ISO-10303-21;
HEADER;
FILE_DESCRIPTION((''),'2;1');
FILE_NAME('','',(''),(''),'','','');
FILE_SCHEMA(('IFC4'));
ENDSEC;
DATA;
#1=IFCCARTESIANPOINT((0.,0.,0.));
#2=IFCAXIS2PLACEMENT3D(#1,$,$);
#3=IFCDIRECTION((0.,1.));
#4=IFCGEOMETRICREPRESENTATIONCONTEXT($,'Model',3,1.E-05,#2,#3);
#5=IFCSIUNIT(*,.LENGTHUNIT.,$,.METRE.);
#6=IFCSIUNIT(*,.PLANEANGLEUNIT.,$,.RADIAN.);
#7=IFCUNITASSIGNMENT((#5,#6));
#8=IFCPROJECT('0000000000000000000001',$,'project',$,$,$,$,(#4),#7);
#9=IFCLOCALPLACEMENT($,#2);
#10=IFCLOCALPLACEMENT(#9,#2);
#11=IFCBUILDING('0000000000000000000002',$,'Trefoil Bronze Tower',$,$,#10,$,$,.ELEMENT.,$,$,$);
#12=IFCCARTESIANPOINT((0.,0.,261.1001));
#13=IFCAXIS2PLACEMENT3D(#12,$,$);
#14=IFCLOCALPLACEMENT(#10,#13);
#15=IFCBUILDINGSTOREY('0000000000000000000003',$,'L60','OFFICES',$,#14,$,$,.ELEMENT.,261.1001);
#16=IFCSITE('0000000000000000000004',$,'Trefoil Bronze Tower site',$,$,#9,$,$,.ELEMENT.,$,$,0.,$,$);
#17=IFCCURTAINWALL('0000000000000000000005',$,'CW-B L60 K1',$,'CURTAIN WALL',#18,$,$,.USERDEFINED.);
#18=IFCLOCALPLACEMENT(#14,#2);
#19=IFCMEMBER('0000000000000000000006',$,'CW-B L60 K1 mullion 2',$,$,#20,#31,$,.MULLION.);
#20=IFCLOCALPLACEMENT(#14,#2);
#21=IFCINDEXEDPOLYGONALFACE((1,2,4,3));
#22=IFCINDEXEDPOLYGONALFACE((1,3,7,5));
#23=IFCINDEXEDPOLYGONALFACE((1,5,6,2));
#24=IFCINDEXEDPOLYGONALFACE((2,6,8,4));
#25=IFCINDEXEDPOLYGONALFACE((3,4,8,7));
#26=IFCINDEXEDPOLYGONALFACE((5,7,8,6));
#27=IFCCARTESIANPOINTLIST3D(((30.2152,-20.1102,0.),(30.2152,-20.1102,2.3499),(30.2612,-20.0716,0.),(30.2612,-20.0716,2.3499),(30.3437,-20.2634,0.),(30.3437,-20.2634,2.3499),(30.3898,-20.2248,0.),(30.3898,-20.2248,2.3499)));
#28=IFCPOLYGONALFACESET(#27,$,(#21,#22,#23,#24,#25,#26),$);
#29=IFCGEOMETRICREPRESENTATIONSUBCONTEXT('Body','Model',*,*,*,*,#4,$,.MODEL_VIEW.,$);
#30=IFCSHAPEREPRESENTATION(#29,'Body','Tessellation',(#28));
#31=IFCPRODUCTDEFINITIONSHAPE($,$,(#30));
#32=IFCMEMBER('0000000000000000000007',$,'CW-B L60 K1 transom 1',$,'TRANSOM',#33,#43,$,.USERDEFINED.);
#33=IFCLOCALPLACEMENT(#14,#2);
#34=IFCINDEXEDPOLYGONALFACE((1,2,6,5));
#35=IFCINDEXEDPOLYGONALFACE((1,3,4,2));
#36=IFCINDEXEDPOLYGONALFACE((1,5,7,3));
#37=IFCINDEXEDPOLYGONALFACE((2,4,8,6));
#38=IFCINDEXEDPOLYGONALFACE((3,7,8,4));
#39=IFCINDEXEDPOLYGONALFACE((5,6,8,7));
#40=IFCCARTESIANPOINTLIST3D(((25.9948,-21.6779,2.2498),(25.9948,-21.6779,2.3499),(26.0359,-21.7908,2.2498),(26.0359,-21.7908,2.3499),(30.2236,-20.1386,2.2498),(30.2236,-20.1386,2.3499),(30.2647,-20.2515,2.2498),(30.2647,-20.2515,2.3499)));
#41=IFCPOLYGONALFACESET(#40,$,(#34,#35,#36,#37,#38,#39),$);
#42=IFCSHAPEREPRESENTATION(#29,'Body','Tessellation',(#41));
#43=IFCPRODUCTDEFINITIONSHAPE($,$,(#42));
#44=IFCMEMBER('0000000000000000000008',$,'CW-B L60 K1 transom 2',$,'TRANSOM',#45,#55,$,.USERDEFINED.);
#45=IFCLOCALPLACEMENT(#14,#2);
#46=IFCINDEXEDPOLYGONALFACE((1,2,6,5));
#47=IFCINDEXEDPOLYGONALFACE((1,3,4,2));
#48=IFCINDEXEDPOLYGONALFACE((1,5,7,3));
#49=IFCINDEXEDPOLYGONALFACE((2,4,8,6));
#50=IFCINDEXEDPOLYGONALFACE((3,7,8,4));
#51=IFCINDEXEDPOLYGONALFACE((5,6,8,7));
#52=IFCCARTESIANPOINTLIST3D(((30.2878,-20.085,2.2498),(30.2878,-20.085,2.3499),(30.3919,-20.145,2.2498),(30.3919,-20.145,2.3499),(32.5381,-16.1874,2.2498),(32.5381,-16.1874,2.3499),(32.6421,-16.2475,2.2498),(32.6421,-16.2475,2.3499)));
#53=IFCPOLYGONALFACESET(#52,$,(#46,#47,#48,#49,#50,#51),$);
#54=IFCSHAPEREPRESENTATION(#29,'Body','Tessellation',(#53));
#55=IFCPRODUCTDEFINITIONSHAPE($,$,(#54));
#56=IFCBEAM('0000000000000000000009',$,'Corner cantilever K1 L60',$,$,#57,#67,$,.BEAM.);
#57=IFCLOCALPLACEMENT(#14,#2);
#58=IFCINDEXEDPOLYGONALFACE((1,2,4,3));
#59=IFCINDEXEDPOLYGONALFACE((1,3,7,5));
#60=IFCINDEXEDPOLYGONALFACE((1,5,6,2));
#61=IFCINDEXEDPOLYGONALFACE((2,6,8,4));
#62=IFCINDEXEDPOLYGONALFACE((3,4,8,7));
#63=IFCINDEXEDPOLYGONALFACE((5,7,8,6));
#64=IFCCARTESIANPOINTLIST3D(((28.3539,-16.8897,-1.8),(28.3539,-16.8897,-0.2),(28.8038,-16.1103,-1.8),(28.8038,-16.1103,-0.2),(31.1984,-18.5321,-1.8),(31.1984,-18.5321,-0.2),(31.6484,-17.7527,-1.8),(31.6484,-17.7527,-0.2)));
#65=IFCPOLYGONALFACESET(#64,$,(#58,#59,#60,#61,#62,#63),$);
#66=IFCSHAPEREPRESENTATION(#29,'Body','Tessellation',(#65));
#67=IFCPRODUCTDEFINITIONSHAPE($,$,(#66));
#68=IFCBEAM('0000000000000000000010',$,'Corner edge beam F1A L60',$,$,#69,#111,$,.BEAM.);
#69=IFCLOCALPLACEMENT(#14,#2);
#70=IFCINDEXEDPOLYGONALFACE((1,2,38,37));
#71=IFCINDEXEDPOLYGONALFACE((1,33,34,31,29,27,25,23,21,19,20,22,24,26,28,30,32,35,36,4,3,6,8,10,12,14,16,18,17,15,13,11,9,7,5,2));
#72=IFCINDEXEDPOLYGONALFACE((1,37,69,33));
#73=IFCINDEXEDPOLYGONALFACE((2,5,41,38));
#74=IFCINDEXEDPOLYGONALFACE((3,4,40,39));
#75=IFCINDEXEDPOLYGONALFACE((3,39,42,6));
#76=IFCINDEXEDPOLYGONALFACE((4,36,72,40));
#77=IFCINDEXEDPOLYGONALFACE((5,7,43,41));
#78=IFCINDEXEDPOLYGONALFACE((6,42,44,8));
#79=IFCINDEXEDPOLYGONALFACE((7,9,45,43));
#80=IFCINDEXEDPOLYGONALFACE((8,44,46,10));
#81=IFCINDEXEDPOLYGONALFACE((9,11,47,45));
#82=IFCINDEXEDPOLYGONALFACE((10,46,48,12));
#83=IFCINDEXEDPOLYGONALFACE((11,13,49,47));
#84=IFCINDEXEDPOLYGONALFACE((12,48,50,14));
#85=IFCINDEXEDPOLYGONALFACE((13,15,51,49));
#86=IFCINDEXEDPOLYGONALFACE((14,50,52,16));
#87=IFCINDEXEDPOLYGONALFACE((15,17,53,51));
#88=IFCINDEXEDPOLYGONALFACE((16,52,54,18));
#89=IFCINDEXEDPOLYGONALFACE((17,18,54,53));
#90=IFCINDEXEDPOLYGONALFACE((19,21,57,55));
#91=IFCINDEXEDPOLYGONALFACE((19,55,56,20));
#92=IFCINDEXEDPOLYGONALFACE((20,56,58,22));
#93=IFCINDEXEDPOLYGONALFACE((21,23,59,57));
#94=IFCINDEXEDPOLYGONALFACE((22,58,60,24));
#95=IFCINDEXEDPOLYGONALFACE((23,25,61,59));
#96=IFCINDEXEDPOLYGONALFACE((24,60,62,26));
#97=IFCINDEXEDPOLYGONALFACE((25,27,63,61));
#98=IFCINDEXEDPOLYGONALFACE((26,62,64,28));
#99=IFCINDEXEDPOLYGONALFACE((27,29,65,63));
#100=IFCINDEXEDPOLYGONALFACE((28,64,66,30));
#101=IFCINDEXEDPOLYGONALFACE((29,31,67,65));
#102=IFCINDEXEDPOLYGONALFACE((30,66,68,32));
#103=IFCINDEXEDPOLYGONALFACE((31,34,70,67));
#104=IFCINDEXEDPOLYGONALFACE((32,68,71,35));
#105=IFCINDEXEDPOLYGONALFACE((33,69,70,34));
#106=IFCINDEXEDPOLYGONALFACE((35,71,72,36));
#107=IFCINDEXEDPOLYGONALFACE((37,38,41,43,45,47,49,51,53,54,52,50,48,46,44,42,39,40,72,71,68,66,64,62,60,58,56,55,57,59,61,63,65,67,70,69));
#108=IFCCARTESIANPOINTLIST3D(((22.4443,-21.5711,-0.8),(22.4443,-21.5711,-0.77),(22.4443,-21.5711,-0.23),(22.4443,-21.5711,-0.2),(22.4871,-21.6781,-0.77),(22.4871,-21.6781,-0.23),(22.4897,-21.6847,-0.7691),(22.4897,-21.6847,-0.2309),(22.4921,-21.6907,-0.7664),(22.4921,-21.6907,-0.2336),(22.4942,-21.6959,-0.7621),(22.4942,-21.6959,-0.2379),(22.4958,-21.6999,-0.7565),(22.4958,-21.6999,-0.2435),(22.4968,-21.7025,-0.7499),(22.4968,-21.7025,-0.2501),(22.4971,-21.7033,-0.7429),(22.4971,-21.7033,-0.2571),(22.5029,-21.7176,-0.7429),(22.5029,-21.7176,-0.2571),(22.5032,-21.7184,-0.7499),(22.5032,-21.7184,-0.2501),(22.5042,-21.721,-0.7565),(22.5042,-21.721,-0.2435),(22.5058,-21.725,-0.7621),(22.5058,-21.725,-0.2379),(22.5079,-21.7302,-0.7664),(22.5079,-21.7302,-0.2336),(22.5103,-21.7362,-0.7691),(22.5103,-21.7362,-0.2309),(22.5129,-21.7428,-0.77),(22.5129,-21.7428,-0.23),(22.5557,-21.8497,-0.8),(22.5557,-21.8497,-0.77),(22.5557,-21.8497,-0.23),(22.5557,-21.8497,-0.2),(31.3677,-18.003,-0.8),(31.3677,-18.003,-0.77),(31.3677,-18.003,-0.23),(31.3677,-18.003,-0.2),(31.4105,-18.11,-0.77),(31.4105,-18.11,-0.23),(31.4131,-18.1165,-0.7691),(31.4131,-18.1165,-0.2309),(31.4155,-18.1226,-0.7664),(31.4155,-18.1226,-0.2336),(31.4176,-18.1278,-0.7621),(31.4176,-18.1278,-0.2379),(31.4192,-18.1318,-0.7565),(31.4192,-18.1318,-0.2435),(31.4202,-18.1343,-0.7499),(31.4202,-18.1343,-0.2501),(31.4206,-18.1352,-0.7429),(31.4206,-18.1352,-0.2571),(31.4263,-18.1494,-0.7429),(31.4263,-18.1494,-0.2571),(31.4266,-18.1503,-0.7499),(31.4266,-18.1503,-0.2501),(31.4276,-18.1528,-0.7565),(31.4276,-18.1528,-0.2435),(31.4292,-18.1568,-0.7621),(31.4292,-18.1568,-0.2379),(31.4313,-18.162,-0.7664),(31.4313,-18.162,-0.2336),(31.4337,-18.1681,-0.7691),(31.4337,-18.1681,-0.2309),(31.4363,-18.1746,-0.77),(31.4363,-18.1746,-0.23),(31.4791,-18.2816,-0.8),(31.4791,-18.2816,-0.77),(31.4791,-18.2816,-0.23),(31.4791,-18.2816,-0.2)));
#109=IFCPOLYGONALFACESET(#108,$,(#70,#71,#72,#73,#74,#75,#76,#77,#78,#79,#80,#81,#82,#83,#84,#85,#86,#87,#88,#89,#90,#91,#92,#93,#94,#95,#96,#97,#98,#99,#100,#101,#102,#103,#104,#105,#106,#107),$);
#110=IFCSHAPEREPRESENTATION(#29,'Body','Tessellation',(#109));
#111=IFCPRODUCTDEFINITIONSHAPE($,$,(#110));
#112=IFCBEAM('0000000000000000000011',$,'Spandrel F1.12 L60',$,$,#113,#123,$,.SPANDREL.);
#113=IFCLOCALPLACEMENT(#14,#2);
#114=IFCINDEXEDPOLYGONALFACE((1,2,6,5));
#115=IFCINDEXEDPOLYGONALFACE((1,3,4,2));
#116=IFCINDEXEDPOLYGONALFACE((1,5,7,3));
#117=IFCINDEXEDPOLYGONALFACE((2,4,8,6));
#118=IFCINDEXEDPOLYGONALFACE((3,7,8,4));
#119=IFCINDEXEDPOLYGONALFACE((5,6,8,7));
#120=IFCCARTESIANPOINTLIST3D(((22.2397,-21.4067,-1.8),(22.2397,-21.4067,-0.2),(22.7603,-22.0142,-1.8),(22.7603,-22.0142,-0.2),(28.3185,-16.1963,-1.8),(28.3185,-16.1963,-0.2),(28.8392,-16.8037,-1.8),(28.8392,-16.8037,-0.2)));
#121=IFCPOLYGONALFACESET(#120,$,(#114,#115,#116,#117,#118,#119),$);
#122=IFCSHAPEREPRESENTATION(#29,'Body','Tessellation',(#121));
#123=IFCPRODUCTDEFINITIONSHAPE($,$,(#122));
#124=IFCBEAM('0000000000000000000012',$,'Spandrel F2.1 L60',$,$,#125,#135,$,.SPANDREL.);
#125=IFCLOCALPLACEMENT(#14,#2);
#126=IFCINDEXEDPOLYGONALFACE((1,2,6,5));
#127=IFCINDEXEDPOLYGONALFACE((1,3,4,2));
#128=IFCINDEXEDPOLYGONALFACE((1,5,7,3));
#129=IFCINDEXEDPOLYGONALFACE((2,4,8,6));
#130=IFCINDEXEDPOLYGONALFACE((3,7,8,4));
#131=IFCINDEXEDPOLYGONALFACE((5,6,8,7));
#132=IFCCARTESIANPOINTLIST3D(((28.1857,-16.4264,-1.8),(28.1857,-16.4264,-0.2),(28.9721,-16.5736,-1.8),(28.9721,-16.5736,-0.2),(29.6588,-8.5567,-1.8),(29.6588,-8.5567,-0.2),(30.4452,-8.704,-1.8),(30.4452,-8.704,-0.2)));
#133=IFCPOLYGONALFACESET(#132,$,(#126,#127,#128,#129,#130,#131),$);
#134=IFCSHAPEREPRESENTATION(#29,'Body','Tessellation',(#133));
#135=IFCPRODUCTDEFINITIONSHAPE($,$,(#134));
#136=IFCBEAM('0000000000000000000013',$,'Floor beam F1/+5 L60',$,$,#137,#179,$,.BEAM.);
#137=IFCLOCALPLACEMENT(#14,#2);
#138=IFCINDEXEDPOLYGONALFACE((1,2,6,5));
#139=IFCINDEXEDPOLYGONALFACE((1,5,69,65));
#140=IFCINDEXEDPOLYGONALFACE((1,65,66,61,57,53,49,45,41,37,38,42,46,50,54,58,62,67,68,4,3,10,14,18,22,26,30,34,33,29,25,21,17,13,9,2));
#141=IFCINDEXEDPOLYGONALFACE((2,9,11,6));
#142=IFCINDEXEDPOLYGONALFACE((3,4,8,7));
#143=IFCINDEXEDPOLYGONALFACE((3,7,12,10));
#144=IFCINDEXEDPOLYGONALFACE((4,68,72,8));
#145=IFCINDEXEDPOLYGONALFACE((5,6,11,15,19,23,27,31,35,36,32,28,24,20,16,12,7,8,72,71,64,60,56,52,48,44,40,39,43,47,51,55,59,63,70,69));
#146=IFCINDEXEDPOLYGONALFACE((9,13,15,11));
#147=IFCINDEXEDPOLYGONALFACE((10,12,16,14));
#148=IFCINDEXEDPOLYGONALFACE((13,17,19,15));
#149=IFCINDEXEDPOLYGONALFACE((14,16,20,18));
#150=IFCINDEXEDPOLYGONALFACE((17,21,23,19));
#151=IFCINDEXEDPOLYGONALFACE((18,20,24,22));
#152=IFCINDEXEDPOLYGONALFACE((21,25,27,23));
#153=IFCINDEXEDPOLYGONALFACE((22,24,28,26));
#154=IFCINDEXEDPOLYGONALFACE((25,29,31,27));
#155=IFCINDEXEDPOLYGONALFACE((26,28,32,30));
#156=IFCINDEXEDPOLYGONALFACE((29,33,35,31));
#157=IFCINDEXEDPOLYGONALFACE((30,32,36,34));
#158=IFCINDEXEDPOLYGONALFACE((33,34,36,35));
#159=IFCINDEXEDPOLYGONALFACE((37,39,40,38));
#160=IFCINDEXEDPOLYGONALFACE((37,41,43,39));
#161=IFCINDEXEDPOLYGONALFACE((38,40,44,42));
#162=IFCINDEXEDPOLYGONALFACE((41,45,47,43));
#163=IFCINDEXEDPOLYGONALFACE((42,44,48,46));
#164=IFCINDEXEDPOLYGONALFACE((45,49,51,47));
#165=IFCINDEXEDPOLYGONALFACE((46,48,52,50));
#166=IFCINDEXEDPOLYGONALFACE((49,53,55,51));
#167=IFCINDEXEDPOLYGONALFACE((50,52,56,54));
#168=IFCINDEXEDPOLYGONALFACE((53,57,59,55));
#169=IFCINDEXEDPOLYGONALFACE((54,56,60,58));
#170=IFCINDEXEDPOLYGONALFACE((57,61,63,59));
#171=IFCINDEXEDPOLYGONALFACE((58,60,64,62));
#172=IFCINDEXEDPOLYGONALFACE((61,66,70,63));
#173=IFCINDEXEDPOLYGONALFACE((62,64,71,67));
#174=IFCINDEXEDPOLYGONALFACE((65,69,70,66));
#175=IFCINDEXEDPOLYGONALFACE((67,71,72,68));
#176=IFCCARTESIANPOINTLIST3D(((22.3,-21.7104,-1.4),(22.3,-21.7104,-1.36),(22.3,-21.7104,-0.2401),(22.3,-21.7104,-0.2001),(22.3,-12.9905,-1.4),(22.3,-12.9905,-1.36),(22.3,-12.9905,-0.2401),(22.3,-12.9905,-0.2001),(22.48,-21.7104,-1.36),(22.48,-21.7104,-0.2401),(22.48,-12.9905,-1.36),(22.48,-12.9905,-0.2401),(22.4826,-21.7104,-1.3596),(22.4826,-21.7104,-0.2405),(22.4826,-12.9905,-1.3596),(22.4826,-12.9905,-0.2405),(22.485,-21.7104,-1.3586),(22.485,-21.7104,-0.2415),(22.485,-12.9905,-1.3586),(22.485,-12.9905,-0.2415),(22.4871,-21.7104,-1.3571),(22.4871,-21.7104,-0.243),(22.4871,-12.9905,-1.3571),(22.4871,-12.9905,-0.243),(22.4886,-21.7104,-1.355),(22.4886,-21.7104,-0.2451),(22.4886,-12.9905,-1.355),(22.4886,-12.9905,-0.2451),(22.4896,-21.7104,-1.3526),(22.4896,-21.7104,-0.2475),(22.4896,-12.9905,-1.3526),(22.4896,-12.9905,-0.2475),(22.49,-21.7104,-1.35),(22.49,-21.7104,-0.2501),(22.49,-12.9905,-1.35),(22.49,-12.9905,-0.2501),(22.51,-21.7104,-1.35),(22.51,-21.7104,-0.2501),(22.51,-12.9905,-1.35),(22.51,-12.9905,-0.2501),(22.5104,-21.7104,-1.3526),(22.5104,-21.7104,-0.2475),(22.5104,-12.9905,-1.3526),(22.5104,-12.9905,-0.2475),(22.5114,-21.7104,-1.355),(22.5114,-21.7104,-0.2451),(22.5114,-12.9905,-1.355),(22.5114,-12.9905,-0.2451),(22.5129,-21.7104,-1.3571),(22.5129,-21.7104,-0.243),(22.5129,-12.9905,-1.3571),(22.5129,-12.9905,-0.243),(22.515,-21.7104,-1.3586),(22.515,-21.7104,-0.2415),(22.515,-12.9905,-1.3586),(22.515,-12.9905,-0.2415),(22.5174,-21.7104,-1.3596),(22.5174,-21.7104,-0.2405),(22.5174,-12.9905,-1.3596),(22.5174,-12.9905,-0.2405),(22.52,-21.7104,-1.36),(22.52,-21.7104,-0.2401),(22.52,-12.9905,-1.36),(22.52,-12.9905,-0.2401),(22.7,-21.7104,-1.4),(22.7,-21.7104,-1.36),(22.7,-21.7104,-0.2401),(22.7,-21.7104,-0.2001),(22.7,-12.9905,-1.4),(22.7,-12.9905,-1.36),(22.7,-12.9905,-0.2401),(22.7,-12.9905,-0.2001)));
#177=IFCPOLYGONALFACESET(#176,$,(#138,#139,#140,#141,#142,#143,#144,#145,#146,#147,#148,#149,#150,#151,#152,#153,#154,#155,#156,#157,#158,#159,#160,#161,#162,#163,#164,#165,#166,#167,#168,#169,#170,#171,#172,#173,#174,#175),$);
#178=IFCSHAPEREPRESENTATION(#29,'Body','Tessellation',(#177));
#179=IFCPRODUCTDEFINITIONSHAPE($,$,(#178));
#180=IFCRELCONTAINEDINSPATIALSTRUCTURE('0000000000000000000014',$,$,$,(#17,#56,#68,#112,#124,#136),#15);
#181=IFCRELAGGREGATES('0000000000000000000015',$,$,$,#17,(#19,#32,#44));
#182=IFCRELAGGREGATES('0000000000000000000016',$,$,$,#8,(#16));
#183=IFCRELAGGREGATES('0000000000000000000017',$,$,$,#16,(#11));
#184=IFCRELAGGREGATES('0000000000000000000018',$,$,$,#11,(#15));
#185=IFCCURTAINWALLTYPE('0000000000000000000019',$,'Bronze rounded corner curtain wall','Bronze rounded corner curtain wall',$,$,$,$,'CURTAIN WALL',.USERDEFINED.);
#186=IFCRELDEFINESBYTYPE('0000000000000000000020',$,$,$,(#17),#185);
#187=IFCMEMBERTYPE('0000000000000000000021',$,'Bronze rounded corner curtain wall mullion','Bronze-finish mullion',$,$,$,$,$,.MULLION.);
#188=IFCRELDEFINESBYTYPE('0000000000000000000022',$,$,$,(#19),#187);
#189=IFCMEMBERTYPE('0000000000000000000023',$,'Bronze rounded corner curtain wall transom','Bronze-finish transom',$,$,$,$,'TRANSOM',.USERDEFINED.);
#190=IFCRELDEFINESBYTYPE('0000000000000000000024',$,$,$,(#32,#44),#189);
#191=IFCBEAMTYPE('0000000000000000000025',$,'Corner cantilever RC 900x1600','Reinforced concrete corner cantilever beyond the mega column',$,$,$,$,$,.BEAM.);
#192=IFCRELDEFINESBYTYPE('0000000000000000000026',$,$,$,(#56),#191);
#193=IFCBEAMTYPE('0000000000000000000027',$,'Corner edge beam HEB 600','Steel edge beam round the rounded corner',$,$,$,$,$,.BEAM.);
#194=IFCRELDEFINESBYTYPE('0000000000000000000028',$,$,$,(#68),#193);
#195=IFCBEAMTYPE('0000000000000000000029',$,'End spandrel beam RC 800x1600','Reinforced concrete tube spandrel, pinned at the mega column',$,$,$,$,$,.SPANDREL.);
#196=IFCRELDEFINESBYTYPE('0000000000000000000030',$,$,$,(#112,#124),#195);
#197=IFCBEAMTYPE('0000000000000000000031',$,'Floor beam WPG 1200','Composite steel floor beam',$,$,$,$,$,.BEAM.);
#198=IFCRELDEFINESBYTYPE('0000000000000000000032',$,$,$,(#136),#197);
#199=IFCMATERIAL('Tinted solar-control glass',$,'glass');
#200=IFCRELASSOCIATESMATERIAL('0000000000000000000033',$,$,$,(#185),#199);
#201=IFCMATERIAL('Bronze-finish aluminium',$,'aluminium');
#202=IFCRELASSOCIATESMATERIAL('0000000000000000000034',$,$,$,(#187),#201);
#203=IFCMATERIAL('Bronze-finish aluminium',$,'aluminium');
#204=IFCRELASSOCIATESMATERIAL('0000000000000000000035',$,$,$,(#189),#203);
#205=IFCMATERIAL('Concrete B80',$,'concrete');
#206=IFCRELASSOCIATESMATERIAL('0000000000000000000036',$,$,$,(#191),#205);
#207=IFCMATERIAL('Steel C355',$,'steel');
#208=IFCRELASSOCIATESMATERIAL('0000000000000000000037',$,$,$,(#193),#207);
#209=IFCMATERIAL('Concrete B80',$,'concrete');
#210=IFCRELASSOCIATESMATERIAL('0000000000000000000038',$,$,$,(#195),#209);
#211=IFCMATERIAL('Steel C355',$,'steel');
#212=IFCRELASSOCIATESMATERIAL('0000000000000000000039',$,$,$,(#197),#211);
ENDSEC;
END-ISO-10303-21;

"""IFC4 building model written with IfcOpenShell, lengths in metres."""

from ifc_helpers import new_model, si_unit, direction, frame, origin, origin_2d, place, context, subcontext, project, spatial, rectangle, i_section, extrude, material, material_profile, profile_set, type_object, element, aggregate, save


model = new_model("IFC4")

# Units and contexts
model_context = context("Model", 3, precision=1e-05, world=origin(), true_north=direction((0.0, 1.0)))
body_context = subcontext(model_context, "Body", "Model", "MODEL_VIEW")
ifc_project = project(units=[si_unit("LENGTHUNIT", "METRE"), si_unit("PLANEANGLEUNIT", "RADIAN")], contexts=[model_context])

# Site, building, storey
site_placement = place(None, origin())
site = spatial("IfcSite", under=ifc_project, at=site_placement, Name="Trefoil Bronze Tower site", CompositionType="ELEMENT", RefElevation=0.0)
building_placement = place(site_placement, origin())
building = spatial("IfcBuilding", under=site, at=building_placement, Name="Trefoil Bronze Tower", CompositionType="ELEMENT")
storey_placement = place(building_placement, frame((0.0, 0.0, 261.1001)))
storey = spatial("IfcBuildingStorey", under=building, at=storey_placement, Name="L60", Description="OFFICES", CompositionType="ELEMENT", Elevation=261.1001)

# Curtain wall, members
ifc_material_1 = material(Name="Tinted solar-control glass", Category="glass")
curtain_wall_type_1 = type_object("IfcCurtainWallType", Name="Bronze rounded corner curtain wall", Description="Bronze rounded corner curtain wall", ElementType="CURTAIN WALL", PredefinedType="USERDEFINED", material=ifc_material_1)
curtain_wall_1_placement = place(storey_placement, origin())
curtain_wall_1 = element("IfcCurtainWall", 1, at=curtain_wall_1_placement, inside=storey, type_object=curtain_wall_type_1, Name="CW-B L60 K1", ObjectType="CURTAIN WALL", PredefinedType="USERDEFINED")
ifc_material_2 = material(Name="Bronze-finish aluminium", Category="aluminium")
ifc_material_profile_1 = material_profile(ifc_material_2, rectangle(XDim=0.2, YDim=0.0601, at=origin_2d()), Name="CW-B mullion")
ifc_profile_set_1 = profile_set([ifc_material_profile_1], Name="Bronze-finish aluminium")
member_type_1 = type_object("IfcMemberType", Name="Bronze rounded corner curtain wall mullion", Description="Bronze-finish mullion", PredefinedType="MULLION", material=ifc_profile_set_1)
member_1_placement = place(storey_placement, frame((30.3025, -20.1675, 0.0), z_axis=(0.0, 0.0, 1.0), x_axis=(-0.642788, 0.766044, 0.0)))
member_1 = element("IfcMember", 2, at=member_1_placement, type_object=member_type_1, Name="CW-B L60 K1 mullion 2", PredefinedType="MULLION", context=body_context, shape_type="SweptSolid", body=[
    extrude(rectangle(XDim=0.2, YDim=0.0601, at=origin_2d()), origin(), (0.0, 0.0, 1.0), 2.3499),
])
ifc_material_3 = material(Name="Bronze-finish aluminium", Category="aluminium")
ifc_material_profile_2 = material_profile(ifc_material_3, rectangle(XDim=0.1201, YDim=0.1001, at=origin_2d()), Name="CW-B transom")
ifc_profile_set_2 = profile_set([ifc_material_profile_2], Name="Bronze-finish aluminium")
member_type_2 = type_object("IfcMemberType", Name="Bronze rounded corner curtain wall transom", Description="Bronze-finish transom", ElementType="TRANSOM", PredefinedType="USERDEFINED", material=ifc_profile_set_2)
member_2_placement = place(storey_placement, frame((26.0154, -21.7344, 2.2998), z_axis=(0.939681, 0.342052, 0.0), x_axis=(-0.342052, 0.939681, 0.0)))
member_2 = element("IfcMember", 3, at=member_2_placement, type_object=member_type_2, Name="CW-B L60 K1 transom 1", ObjectType="TRANSOM", PredefinedType="USERDEFINED", context=body_context, shape_type="SweptSolid", body=[
    extrude(rectangle(XDim=0.1201, YDim=0.1001, at=origin_2d()), origin(), (0.0, 0.0, 1.0), 4.5002),
])
member_3_placement = place(storey_placement, frame((30.3398, -20.115, 2.2998), z_axis=(0.500007, 0.866021, 0.0), x_axis=(-0.866021, 0.500007, 0.0)))
member_3 = element("IfcMember", 4, at=member_3_placement, type_object=member_type_2, Name="CW-B L60 K1 transom 2", ObjectType="TRANSOM", PredefinedType="USERDEFINED", context=body_context, shape_type="SweptSolid", body=[
    extrude(rectangle(XDim=0.1201, YDim=0.1001, at=origin_2d()), origin(), (0.0, 0.0, 1.0), 4.5005),
])

# Beams
ifc_material_4 = material(Name="Concrete B80", Category="concrete")
ifc_material_profile_3 = material_profile(ifc_material_4, rectangle(XDim=0.8999, YDim=1.6001, at=origin_2d()), Name="RC 900x1600")
ifc_profile_set_3 = profile_set([ifc_material_profile_3], Name="Concrete B80")
beam_type_1 = type_object("IfcBeamType", Name="Corner cantilever RC 900x1600", Description="Reinforced concrete corner cantilever beyond the mega column", PredefinedType="BEAM", material=ifc_profile_set_3)
beam_1_placement = place(storey_placement, frame((28.5789, -16.5, -1.0), z_axis=(0.866016, -0.500016, 0.0), x_axis=(0.500016, 0.866016, 0.0)))
element("IfcBeam", 5, at=beam_1_placement, inside=storey, type_object=beam_type_1, Name="Corner cantilever K1 L60", PredefinedType="BEAM", context=body_context, shape_type="SweptSolid", body=[
    extrude(rectangle(XDim=0.8999, YDim=1.6001, at=origin_2d()), origin(), (0.0, 0.0, 1.0), 3.2847),
])
ifc_material_5 = material(Name="Steel C355", Category="steel")
ifc_material_profile_4 = material_profile(ifc_material_5, i_section(OverallWidth=0.3, OverallDepth=0.6001, WebThickness=0.0154, FlangeThickness=0.03, FilletRadius=0.0271, at=origin_2d()), Name="HEB 600")
ifc_profile_set_4 = profile_set([ifc_material_profile_4], Name="Steel C355")
beam_type_2 = type_object("IfcBeamType", Name="Corner edge beam HEB 600", Description="Steel edge beam round the rounded corner", PredefinedType="BEAM", material=ifc_profile_set_4)
beam_2_placement = place(storey_placement, frame((22.5, -21.7104, -0.5), z_axis=(0.92852, 0.371281, 0.0), x_axis=(-0.371281, 0.92852, 0.0)))
element("IfcBeam", 6, at=beam_2_placement, inside=storey, type_object=beam_type_2, Name="Corner edge beam F1A L60", PredefinedType="BEAM", context=body_context, shape_type="SweptSolid", body=[
    extrude(i_section(OverallWidth=0.3, OverallDepth=0.6001, WebThickness=0.0154, FlangeThickness=0.03, FilletRadius=0.0271, at=origin_2d()), origin(), (0.0, 0.0, 1.0), 9.6104),
])
ifc_material_6 = material(Name="Concrete B80", Category="concrete")
ifc_material_profile_5 = material_profile(ifc_material_6, rectangle(XDim=0.8, YDim=1.6001, at=origin_2d()), Name="RC 800x1600")
ifc_profile_set_5 = profile_set([ifc_material_profile_5], Name="Concrete B80")
beam_type_3 = type_object("IfcBeamType", Name="End spandrel beam RC 800x1600", Description="Reinforced concrete tube spandrel, pinned at the mega column", PredefinedType="SPANDREL", material=ifc_profile_set_5)
for number, where, z_axis, x_axis, name in (
    (7, (22.5, -21.7104, -1.0), (0.759257, 0.650791, 0.0), (-0.650791, 0.759257, 0.0), "Spandrel F1.12 L60"),
    (8, (28.5789, -16.5, -1.0), (0.183998, 0.982927, 0.0), (-0.982927, 0.183998, 0.0), "Spandrel F2.1 L60"),
):
    element("IfcBeam", number, at=place(storey_placement, frame(where, z_axis=z_axis, x_axis=x_axis)), inside=storey, type_object=beam_type_3, Name=name, PredefinedType="SPANDREL", context=body_context, shape_type="SweptSolid", body=[
        extrude(rectangle(XDim=0.8, YDim=1.6001, at=origin_2d()), origin(), (0.0, 0.0, 1.0), 8.0063),
    ])
ifc_material_7 = material(Name="Steel C355", Category="steel")
ifc_material_profile_6 = material_profile(ifc_material_7, i_section(OverallWidth=0.3999, OverallDepth=1.2, WebThickness=0.02, FlangeThickness=0.04, FilletRadius=0.01, at=origin_2d()), Name="WPG 1200")
ifc_profile_set_6 = profile_set([ifc_material_profile_6], Name="Steel C355")
beam_type_4 = type_object("IfcBeamType", Name="Floor beam WPG 1200", Description="Composite steel floor beam", PredefinedType="BEAM", material=ifc_profile_set_6)
beam_3_placement = place(storey_placement, frame((22.5, -21.7104, -0.8), z_axis=(0.0, 1.0, 0.0), x_axis=(-1.0, 0.0, 0.0)))
element("IfcBeam", 9, at=beam_3_placement, inside=storey, type_object=beam_type_4, Name="Floor beam F1/+5 L60", PredefinedType="BEAM", context=body_context, shape_type="SweptSolid", body=[
    extrude(i_section(OverallWidth=0.3999, OverallDepth=1.2, WebThickness=0.02, FlangeThickness=0.04, FilletRadius=0.01, at=origin_2d()), origin(), (0.0, 0.0, 1.0), 8.72),
])

aggregate(curtain_wall_1, [member_1, member_2, member_3])

save(model, "model.ifc")
